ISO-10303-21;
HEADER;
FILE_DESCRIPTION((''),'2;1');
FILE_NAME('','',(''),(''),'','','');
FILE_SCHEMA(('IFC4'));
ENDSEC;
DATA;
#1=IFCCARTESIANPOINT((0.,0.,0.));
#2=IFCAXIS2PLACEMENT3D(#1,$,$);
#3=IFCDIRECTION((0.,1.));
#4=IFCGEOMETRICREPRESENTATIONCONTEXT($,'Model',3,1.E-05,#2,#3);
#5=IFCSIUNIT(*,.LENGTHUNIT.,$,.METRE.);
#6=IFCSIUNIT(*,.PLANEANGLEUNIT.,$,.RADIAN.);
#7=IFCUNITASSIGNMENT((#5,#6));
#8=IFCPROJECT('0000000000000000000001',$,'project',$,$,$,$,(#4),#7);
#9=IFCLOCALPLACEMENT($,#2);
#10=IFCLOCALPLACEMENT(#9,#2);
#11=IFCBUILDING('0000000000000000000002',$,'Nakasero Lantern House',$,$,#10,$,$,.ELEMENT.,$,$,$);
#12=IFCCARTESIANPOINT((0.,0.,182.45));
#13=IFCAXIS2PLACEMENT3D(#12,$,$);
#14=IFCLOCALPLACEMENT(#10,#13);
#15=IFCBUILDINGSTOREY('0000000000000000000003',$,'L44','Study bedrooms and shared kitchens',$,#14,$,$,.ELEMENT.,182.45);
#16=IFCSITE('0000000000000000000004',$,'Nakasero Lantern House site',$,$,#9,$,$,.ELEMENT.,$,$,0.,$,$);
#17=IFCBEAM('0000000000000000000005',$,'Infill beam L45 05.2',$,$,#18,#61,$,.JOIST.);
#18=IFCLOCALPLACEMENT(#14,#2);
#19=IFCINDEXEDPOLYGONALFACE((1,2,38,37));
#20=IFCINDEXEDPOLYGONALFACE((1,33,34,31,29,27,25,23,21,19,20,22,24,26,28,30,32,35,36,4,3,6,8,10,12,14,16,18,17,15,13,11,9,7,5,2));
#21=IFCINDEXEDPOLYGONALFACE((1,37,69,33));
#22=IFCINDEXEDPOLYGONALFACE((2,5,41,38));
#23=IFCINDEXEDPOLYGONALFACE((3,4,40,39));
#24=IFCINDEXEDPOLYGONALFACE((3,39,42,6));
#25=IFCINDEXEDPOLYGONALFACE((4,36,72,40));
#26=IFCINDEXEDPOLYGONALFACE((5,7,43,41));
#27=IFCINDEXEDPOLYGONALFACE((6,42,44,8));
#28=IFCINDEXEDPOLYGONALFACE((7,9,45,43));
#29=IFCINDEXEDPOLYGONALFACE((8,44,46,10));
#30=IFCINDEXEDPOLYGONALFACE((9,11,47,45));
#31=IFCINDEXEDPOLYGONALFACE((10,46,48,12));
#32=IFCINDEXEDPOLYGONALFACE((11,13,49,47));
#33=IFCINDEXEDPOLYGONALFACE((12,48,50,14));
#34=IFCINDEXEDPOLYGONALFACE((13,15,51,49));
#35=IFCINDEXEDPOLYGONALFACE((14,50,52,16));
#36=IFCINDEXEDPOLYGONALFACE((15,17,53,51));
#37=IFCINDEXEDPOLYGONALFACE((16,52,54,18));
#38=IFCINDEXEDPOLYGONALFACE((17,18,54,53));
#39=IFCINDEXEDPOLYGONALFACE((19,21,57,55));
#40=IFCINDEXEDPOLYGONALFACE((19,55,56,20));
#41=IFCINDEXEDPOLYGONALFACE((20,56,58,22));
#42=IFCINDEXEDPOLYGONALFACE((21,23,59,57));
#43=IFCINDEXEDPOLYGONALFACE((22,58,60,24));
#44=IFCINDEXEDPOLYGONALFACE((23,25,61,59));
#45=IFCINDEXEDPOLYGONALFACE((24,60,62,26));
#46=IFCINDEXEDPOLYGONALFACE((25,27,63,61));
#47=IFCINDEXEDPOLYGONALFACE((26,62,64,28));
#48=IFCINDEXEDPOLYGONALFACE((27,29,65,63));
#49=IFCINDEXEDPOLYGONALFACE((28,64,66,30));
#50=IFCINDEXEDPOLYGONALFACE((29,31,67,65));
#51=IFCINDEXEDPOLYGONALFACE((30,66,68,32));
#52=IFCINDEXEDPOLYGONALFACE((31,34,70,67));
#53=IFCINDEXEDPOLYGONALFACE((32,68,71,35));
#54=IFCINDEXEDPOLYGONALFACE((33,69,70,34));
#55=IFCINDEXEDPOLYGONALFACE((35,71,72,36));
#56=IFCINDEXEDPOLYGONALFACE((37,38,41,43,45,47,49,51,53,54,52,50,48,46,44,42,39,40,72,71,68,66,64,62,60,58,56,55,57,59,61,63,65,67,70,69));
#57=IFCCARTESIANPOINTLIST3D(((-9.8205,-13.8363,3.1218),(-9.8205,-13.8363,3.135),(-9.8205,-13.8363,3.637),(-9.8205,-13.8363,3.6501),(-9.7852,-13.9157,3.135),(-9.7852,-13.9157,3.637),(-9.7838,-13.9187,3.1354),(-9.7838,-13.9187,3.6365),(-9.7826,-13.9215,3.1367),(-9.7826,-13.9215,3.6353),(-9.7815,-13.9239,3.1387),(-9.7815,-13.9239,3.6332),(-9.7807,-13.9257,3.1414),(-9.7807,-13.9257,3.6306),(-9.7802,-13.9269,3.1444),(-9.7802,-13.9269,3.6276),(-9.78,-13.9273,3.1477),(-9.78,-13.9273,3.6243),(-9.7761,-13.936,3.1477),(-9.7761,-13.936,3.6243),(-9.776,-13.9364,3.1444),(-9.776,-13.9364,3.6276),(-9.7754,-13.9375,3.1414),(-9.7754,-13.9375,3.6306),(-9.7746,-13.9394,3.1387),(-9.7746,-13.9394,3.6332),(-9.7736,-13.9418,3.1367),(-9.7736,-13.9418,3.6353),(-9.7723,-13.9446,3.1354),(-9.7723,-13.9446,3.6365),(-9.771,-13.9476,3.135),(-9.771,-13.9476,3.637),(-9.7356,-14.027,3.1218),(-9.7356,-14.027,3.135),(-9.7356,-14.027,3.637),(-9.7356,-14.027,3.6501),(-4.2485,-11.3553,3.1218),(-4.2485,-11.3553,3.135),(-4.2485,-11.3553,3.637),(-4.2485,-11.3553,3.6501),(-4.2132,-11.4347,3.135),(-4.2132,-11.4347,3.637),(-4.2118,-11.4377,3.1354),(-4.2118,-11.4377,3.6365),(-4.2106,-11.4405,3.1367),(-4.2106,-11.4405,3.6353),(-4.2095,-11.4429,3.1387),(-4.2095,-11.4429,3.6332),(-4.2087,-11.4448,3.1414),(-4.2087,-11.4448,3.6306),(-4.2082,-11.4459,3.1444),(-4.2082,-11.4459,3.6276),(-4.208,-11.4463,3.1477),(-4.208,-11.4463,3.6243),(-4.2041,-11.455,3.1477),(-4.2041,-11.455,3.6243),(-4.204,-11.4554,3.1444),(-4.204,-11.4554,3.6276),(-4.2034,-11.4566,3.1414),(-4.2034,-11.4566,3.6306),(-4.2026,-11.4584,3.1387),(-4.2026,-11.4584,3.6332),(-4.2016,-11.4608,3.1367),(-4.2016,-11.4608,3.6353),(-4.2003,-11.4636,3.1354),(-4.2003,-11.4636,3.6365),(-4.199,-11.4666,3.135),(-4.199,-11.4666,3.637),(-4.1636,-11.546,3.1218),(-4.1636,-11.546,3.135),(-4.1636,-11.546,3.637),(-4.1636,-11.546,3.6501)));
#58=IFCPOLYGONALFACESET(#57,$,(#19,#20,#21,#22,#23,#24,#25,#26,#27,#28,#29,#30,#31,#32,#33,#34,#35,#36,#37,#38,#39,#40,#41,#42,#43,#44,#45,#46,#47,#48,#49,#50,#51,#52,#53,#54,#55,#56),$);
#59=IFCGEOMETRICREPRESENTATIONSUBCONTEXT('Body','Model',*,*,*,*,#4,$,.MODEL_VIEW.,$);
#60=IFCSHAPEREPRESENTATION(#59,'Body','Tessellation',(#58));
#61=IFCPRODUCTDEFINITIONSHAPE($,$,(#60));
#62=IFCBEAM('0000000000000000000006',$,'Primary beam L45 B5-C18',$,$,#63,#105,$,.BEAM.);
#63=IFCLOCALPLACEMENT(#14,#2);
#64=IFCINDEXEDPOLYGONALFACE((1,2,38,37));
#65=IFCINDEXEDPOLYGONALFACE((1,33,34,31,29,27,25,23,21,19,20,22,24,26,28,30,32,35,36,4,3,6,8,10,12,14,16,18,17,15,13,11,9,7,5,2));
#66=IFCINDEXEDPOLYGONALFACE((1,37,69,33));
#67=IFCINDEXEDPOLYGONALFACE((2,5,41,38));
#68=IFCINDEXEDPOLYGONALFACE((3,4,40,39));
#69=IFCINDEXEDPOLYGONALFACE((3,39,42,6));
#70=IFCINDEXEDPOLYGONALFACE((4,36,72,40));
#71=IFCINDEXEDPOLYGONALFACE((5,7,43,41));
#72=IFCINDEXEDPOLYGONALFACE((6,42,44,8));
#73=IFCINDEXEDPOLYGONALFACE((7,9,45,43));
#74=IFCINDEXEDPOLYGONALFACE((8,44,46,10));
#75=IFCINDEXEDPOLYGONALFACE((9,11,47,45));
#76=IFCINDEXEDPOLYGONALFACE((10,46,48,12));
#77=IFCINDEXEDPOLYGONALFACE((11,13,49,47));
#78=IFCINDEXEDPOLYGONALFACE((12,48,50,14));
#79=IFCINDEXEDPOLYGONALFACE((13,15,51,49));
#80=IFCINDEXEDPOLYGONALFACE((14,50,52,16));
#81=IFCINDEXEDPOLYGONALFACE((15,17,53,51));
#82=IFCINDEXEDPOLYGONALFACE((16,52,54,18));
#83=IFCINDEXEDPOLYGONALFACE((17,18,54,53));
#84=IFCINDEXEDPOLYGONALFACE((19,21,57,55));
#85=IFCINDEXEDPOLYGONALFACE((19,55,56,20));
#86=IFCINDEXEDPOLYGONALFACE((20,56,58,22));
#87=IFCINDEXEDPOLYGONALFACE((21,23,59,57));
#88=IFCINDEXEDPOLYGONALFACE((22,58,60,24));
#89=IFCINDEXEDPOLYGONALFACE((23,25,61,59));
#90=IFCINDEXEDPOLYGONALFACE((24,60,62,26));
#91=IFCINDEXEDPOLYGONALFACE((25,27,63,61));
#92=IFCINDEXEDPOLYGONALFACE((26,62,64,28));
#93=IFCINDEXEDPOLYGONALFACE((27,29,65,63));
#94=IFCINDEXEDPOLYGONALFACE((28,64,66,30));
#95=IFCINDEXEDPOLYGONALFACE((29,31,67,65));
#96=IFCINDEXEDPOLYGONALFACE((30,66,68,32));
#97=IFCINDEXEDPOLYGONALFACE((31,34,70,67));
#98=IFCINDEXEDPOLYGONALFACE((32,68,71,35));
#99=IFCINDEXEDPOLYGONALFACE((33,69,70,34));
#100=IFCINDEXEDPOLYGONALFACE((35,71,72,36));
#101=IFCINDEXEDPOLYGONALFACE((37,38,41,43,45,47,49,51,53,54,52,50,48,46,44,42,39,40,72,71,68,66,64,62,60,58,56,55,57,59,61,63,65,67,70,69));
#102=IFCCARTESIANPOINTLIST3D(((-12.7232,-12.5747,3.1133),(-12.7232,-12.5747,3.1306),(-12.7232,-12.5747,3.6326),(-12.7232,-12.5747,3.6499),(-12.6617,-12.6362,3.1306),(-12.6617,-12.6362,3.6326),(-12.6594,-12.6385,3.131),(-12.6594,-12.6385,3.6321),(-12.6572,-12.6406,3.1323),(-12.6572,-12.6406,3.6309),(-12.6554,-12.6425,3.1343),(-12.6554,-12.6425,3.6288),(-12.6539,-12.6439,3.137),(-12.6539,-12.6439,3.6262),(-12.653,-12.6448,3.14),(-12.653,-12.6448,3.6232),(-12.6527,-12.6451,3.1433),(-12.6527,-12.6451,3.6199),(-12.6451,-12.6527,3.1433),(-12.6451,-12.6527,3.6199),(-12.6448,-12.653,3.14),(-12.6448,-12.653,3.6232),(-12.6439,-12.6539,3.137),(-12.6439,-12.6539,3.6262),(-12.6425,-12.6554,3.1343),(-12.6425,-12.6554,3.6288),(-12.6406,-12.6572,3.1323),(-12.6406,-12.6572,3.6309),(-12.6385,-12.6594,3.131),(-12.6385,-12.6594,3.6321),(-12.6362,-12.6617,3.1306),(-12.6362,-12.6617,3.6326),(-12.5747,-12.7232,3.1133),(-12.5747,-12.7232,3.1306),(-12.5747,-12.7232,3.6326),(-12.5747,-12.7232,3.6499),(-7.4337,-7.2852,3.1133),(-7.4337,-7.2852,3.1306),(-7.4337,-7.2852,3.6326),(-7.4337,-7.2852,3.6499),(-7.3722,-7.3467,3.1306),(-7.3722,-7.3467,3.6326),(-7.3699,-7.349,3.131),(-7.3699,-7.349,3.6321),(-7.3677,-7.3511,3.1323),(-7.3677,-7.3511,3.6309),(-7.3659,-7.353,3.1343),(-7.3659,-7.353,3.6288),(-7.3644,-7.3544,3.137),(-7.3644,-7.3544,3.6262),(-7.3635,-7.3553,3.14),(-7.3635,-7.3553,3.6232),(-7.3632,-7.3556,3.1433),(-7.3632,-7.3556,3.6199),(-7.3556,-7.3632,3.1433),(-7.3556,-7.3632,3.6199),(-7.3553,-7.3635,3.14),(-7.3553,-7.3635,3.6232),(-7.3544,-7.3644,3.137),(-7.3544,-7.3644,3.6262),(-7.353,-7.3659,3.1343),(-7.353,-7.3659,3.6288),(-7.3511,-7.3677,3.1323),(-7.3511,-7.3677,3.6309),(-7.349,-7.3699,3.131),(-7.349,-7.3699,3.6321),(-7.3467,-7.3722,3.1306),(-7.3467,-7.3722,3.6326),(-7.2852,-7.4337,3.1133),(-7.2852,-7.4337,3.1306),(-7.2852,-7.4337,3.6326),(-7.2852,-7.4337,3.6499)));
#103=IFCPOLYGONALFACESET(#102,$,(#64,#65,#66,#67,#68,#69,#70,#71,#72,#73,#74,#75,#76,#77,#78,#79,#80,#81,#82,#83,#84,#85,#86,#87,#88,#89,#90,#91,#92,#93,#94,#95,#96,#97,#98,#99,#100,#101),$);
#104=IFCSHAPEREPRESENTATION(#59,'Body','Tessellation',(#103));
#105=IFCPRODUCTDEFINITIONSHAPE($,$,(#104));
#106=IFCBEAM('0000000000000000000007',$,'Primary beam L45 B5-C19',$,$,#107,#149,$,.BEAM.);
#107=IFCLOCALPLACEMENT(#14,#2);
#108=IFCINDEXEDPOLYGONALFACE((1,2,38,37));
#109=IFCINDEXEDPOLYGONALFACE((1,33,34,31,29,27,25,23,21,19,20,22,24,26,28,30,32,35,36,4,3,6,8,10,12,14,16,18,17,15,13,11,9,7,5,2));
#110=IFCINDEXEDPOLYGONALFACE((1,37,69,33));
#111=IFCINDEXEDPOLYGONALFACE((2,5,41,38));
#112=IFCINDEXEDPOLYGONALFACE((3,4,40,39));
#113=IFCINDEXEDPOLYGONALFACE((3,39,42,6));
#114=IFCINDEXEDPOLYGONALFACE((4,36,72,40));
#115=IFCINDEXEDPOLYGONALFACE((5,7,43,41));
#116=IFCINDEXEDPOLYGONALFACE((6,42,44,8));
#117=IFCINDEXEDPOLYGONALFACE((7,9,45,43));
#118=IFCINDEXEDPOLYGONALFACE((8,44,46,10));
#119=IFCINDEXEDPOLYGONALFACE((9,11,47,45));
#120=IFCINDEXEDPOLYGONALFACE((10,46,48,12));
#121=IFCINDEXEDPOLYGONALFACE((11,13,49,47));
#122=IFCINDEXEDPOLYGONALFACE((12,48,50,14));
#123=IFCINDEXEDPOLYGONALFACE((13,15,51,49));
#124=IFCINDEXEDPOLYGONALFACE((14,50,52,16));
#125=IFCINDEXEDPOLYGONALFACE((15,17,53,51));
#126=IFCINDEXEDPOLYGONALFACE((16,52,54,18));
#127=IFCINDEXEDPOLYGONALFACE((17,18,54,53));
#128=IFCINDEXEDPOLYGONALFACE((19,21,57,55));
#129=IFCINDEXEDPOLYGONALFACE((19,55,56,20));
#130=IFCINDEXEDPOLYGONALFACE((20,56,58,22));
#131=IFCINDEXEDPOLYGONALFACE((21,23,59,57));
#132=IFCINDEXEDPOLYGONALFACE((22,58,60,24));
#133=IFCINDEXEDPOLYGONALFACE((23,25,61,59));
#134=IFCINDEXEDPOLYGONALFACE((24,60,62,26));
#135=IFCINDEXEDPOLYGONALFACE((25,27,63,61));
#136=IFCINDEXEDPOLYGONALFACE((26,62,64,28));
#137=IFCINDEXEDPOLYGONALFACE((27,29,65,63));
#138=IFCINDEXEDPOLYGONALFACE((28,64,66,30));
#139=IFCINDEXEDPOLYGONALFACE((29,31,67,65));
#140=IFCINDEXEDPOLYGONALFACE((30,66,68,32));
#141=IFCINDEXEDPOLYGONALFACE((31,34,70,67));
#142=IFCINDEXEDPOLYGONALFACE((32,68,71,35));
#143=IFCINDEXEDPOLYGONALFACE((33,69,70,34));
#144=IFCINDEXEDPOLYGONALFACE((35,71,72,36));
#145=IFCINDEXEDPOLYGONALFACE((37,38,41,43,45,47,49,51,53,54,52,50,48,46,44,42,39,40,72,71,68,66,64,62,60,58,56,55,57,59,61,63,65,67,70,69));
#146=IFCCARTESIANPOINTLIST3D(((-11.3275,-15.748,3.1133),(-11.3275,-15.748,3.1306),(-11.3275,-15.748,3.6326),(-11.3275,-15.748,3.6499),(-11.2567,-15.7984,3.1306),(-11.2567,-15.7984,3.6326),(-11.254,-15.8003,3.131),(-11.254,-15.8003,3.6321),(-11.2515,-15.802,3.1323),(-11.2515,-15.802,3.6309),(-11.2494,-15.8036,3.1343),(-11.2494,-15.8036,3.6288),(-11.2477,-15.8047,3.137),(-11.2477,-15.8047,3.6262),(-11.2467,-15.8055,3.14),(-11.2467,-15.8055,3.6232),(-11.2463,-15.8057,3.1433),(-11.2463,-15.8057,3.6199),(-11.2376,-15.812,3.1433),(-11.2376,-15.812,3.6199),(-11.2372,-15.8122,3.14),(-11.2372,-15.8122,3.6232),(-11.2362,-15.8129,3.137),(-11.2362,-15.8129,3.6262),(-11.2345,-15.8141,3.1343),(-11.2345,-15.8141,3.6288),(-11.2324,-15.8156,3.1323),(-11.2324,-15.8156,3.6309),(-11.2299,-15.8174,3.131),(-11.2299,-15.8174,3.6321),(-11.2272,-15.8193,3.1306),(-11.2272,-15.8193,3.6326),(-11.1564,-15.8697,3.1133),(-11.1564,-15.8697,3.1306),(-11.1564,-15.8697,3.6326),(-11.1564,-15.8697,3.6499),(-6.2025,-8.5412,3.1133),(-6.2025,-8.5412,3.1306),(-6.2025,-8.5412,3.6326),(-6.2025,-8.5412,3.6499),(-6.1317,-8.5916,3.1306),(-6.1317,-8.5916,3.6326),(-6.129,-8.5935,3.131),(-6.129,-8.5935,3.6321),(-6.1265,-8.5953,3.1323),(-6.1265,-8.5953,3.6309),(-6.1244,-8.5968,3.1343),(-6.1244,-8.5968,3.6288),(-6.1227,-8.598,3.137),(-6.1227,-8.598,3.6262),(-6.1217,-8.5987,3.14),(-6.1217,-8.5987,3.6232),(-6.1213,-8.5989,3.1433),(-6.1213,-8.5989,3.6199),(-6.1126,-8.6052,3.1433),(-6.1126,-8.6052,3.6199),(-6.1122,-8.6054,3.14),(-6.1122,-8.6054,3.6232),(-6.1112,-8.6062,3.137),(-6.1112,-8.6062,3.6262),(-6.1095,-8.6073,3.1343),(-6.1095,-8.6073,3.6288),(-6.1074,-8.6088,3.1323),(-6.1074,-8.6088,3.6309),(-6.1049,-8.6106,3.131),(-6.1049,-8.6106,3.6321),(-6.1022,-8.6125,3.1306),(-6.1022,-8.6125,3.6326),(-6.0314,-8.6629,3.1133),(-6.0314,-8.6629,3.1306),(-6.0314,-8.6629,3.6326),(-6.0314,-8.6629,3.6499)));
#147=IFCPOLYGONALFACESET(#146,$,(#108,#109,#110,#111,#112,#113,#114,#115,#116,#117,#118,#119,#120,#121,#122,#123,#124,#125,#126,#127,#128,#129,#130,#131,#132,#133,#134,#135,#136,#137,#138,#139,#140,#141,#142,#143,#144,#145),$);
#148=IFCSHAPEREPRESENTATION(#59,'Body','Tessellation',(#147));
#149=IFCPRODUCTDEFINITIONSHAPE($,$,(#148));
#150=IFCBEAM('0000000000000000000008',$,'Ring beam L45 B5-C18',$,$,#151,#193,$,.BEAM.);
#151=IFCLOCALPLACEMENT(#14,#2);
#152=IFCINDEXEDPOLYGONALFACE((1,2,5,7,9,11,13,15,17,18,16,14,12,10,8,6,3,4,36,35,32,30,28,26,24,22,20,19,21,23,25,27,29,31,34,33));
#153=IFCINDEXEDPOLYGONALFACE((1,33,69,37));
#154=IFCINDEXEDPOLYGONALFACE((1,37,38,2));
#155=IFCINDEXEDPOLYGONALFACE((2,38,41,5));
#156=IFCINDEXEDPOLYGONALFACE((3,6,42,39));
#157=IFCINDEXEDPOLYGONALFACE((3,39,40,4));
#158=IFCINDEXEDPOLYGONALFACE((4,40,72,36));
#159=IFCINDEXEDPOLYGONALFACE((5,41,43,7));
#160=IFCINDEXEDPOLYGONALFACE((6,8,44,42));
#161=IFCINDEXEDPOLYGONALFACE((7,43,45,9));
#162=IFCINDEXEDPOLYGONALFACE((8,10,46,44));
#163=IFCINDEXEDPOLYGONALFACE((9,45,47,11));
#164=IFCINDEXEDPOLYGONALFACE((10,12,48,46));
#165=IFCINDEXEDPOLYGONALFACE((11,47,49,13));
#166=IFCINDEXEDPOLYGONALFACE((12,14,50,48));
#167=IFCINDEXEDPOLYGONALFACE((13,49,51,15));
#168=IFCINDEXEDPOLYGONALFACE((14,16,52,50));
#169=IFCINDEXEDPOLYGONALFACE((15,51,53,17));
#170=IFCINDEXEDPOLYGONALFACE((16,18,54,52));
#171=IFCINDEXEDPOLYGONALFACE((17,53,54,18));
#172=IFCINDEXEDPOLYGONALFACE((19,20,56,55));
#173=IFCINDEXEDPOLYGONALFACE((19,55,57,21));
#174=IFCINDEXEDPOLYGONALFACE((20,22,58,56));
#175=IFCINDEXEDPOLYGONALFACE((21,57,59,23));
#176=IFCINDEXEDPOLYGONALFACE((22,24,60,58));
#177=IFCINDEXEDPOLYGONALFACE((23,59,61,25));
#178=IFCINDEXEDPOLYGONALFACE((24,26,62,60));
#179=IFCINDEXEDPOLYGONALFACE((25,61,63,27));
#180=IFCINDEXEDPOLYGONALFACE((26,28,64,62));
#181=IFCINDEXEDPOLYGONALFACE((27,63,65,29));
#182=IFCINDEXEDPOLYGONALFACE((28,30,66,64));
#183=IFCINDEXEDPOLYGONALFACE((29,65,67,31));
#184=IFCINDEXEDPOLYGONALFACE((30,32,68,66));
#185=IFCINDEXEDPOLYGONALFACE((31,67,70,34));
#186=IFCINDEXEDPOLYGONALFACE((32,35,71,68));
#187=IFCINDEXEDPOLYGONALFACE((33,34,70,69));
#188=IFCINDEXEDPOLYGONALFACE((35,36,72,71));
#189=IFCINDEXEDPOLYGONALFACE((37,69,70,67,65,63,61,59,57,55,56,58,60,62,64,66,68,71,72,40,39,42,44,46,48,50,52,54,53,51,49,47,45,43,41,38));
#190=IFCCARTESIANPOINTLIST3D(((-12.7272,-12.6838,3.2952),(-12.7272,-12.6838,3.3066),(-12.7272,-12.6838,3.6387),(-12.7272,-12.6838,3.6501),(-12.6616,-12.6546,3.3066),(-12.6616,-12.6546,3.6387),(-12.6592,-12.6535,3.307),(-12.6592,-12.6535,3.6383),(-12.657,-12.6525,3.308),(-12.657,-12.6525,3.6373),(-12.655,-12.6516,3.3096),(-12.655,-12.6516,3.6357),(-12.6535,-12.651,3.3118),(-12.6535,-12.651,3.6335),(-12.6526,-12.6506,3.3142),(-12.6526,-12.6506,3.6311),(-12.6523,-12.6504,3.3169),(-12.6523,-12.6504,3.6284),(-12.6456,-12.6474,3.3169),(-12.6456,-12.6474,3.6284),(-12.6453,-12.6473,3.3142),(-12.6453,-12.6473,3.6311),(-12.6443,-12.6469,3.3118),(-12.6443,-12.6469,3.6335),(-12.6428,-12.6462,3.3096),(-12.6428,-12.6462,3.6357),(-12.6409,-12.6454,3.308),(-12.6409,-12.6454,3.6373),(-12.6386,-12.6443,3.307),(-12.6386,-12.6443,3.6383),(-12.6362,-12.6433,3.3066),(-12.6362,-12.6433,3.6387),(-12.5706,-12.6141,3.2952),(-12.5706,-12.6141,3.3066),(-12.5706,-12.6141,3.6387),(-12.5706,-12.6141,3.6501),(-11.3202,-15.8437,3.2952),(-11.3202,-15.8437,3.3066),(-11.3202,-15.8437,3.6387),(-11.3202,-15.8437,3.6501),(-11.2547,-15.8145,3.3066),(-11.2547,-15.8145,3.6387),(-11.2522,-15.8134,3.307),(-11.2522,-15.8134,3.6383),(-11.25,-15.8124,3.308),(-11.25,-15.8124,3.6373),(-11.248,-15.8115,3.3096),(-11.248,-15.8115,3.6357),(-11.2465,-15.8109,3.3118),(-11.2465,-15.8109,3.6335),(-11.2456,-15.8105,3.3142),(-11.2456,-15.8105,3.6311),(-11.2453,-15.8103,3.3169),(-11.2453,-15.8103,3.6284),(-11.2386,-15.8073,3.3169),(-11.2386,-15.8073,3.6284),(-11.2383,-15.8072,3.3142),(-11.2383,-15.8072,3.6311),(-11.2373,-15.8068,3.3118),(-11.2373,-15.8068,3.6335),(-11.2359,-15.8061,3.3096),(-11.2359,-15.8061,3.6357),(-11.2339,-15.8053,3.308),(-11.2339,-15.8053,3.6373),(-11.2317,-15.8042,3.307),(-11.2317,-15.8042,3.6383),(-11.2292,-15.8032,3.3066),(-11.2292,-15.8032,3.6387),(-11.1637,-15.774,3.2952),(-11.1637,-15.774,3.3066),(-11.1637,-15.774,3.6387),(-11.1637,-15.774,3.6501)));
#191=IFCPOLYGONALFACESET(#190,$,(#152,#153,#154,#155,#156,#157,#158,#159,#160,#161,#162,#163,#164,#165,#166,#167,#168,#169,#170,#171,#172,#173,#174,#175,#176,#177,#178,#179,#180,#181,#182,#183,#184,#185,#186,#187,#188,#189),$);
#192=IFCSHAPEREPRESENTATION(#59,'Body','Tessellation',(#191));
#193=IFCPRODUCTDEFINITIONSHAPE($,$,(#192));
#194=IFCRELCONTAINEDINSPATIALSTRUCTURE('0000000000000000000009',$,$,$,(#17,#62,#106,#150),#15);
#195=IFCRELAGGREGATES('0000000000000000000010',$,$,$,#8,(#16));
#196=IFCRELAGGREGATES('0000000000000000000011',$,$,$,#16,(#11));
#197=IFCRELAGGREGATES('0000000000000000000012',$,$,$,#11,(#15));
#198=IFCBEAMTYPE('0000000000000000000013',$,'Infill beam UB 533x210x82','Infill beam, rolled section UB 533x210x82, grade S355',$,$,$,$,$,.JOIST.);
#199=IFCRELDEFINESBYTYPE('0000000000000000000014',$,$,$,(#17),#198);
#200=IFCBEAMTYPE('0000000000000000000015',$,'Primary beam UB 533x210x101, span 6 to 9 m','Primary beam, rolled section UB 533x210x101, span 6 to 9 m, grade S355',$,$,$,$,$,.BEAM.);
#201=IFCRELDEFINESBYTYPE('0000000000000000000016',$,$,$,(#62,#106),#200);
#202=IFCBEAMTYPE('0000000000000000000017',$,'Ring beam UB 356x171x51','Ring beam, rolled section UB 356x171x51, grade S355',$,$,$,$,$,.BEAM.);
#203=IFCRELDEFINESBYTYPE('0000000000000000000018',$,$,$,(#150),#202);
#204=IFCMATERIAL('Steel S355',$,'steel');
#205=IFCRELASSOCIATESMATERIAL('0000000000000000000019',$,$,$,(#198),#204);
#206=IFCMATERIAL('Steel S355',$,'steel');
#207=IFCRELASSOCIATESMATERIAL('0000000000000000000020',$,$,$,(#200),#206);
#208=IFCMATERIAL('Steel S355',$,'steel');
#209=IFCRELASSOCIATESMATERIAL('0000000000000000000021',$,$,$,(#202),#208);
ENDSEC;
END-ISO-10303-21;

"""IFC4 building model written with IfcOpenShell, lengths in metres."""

from ifc_helpers import new_model, si_unit, direction, frame, origin, origin_2d, place, context, subcontext, project, spatial, i_section, extrude, material, material_profile, profile_set, type_object, element, save


model = new_model("IFC4")

# Units and contexts
model_context = context("Model", 3, precision=1e-05, world=origin(), true_north=direction((0.0, 1.0)))
body_context = subcontext(model_context, "Body", "Model", "MODEL_VIEW")
ifc_project = project(units=[si_unit("LENGTHUNIT", "METRE"), si_unit("PLANEANGLEUNIT", "RADIAN")], contexts=[model_context])

# Site, building, storey
site_placement = place(None, origin())
site = spatial("IfcSite", under=ifc_project, at=site_placement, Name="Nakasero Lantern House site", CompositionType="ELEMENT", RefElevation=0.0)
building_placement = place(site_placement, origin())
building = spatial("IfcBuilding", under=site, at=building_placement, Name="Nakasero Lantern House", CompositionType="ELEMENT")
storey_placement = place(building_placement, frame((0.0, 0.0, 182.45)))
storey = spatial("IfcBuildingStorey", under=building, at=storey_placement, Name="L44", Description="Study bedrooms and shared kitchens", CompositionType="ELEMENT", Elevation=182.45)

# Beams
ifc_material_1 = material(Name="Steel S355", Category="steel")
ifc_material_profile_1 = material_profile(ifc_material_1, i_section(OverallWidth=0.2087, OverallDepth=0.5283, WebThickness=0.0095, FlangeThickness=0.0132, FilletRadius=0.0127, at=origin_2d()), Name="UB 533x210x82")
ifc_profile_set_1 = profile_set([ifc_material_profile_1], Name="Steel S355")
beam_type_1 = type_object("IfcBeamType", Name="Infill beam UB 533x210x82", Description="Infill beam, rolled section UB 533x210x82, grade S355", PredefinedType="JOIST", material=ifc_profile_set_1)
beam_1_placement = place(storey_placement, frame((-9.7781, -13.9316, 3.386), z_axis=(0.913537, 0.406755, 0.0), x_axis=(-0.406755, 0.913537, 0.0)))
element("IfcBeam", 1, at=beam_1_placement, inside=storey, type_object=beam_type_1, Name="Infill beam L45 05.2", PredefinedType="JOIST", context=body_context, shape_type="SweptSolid", body=[
    extrude(i_section(OverallWidth=0.2087, OverallDepth=0.5283, WebThickness=0.0095, FlangeThickness=0.0132, FilletRadius=0.0127, at=origin_2d()), origin(), (0.0, 0.0, 1.0), 6.0994),
])
ifc_material_2 = material(Name="Steel S355", Category="steel")
ifc_material_profile_2 = material_profile(ifc_material_2, i_section(OverallWidth=0.21, OverallDepth=0.5366, WebThickness=0.0107, FlangeThickness=0.0173, FilletRadius=0.0127, at=origin_2d()), Name="UB 533x210x101")
ifc_profile_set_2 = profile_set([ifc_material_profile_2], Name="Steel S355")
beam_type_2 = type_object("IfcBeamType", Name="Primary beam UB 533x210x101, span 6 to 9 m", Description="Primary beam, rolled section UB 533x210x101, span 6 to 9 m, grade S355", PredefinedType="BEAM", material=ifc_profile_set_2)
beam_2_placement = place(storey_placement, frame((-12.6489, -12.6489, 3.3816), z_axis=(0.707107, 0.707107, 0.0), x_axis=(-0.707107, 0.707107, 0.0)))
element("IfcBeam", 2, at=beam_2_placement, inside=storey, type_object=beam_type_2, Name="Primary beam L45 B5-C18", PredefinedType="BEAM", context=body_context, shape_type="SweptSolid", body=[
    extrude(i_section(OverallWidth=0.21, OverallDepth=0.5366, WebThickness=0.0107, FlangeThickness=0.0173, FilletRadius=0.0127, at=origin_2d()), origin(), (0.0, 0.0, 1.0), 7.4805),
])
beam_3_placement = place(storey_placement, frame((-11.2419, -15.8088, 3.3816), z_axis=(0.579537, 0.814946, 0.0), x_axis=(-0.814946, 0.579537, 0.0)))
element("IfcBeam", 3, at=beam_3_placement, inside=storey, type_object=beam_type_2, Name="Primary beam L45 B5-C19", PredefinedType="BEAM", context=body_context, shape_type="SweptSolid", body=[
    extrude(i_section(OverallWidth=0.21, OverallDepth=0.5366, WebThickness=0.0107, FlangeThickness=0.0173, FilletRadius=0.0127, at=origin_2d()), origin(), (0.0, 0.0, 1.0), 8.8433),
])
ifc_material_3 = material(Name="Steel S355", Category="steel")
ifc_material_profile_3 = material_profile(ifc_material_3, i_section(OverallWidth=0.1714, OverallDepth=0.355, WebThickness=0.0073, FlangeThickness=0.0115, FilletRadius=0.0103, at=origin_2d()), Name="UB 356x171x51")
ifc_profile_set_3 = profile_set([ifc_material_profile_3], Name="Steel S355")
beam_type_3 = type_object("IfcBeamType", Name="Ring beam UB 356x171x51", Description="Ring beam, rolled section UB 356x171x51, grade S355", PredefinedType="BEAM", material=ifc_profile_set_3)
beam_4_placement = place(storey_placement, frame((-12.6489, -12.6489, 3.4727), z_axis=(0.406761, -0.913535, 0.0), x_axis=(0.913535, 0.406761, 0.0)))
element("IfcBeam", 4, at=beam_4_placement, inside=storey, type_object=beam_type_3, Name="Ring beam L45 B5-C18", PredefinedType="BEAM", context=body_context, shape_type="SweptSolid", body=[
    extrude(i_section(OverallWidth=0.1714, OverallDepth=0.355, WebThickness=0.0073, FlangeThickness=0.0115, FilletRadius=0.0103, at=origin_2d()), origin(), (0.0, 0.0, 1.0), 3.459),
])

save(model, "model.ifc")
